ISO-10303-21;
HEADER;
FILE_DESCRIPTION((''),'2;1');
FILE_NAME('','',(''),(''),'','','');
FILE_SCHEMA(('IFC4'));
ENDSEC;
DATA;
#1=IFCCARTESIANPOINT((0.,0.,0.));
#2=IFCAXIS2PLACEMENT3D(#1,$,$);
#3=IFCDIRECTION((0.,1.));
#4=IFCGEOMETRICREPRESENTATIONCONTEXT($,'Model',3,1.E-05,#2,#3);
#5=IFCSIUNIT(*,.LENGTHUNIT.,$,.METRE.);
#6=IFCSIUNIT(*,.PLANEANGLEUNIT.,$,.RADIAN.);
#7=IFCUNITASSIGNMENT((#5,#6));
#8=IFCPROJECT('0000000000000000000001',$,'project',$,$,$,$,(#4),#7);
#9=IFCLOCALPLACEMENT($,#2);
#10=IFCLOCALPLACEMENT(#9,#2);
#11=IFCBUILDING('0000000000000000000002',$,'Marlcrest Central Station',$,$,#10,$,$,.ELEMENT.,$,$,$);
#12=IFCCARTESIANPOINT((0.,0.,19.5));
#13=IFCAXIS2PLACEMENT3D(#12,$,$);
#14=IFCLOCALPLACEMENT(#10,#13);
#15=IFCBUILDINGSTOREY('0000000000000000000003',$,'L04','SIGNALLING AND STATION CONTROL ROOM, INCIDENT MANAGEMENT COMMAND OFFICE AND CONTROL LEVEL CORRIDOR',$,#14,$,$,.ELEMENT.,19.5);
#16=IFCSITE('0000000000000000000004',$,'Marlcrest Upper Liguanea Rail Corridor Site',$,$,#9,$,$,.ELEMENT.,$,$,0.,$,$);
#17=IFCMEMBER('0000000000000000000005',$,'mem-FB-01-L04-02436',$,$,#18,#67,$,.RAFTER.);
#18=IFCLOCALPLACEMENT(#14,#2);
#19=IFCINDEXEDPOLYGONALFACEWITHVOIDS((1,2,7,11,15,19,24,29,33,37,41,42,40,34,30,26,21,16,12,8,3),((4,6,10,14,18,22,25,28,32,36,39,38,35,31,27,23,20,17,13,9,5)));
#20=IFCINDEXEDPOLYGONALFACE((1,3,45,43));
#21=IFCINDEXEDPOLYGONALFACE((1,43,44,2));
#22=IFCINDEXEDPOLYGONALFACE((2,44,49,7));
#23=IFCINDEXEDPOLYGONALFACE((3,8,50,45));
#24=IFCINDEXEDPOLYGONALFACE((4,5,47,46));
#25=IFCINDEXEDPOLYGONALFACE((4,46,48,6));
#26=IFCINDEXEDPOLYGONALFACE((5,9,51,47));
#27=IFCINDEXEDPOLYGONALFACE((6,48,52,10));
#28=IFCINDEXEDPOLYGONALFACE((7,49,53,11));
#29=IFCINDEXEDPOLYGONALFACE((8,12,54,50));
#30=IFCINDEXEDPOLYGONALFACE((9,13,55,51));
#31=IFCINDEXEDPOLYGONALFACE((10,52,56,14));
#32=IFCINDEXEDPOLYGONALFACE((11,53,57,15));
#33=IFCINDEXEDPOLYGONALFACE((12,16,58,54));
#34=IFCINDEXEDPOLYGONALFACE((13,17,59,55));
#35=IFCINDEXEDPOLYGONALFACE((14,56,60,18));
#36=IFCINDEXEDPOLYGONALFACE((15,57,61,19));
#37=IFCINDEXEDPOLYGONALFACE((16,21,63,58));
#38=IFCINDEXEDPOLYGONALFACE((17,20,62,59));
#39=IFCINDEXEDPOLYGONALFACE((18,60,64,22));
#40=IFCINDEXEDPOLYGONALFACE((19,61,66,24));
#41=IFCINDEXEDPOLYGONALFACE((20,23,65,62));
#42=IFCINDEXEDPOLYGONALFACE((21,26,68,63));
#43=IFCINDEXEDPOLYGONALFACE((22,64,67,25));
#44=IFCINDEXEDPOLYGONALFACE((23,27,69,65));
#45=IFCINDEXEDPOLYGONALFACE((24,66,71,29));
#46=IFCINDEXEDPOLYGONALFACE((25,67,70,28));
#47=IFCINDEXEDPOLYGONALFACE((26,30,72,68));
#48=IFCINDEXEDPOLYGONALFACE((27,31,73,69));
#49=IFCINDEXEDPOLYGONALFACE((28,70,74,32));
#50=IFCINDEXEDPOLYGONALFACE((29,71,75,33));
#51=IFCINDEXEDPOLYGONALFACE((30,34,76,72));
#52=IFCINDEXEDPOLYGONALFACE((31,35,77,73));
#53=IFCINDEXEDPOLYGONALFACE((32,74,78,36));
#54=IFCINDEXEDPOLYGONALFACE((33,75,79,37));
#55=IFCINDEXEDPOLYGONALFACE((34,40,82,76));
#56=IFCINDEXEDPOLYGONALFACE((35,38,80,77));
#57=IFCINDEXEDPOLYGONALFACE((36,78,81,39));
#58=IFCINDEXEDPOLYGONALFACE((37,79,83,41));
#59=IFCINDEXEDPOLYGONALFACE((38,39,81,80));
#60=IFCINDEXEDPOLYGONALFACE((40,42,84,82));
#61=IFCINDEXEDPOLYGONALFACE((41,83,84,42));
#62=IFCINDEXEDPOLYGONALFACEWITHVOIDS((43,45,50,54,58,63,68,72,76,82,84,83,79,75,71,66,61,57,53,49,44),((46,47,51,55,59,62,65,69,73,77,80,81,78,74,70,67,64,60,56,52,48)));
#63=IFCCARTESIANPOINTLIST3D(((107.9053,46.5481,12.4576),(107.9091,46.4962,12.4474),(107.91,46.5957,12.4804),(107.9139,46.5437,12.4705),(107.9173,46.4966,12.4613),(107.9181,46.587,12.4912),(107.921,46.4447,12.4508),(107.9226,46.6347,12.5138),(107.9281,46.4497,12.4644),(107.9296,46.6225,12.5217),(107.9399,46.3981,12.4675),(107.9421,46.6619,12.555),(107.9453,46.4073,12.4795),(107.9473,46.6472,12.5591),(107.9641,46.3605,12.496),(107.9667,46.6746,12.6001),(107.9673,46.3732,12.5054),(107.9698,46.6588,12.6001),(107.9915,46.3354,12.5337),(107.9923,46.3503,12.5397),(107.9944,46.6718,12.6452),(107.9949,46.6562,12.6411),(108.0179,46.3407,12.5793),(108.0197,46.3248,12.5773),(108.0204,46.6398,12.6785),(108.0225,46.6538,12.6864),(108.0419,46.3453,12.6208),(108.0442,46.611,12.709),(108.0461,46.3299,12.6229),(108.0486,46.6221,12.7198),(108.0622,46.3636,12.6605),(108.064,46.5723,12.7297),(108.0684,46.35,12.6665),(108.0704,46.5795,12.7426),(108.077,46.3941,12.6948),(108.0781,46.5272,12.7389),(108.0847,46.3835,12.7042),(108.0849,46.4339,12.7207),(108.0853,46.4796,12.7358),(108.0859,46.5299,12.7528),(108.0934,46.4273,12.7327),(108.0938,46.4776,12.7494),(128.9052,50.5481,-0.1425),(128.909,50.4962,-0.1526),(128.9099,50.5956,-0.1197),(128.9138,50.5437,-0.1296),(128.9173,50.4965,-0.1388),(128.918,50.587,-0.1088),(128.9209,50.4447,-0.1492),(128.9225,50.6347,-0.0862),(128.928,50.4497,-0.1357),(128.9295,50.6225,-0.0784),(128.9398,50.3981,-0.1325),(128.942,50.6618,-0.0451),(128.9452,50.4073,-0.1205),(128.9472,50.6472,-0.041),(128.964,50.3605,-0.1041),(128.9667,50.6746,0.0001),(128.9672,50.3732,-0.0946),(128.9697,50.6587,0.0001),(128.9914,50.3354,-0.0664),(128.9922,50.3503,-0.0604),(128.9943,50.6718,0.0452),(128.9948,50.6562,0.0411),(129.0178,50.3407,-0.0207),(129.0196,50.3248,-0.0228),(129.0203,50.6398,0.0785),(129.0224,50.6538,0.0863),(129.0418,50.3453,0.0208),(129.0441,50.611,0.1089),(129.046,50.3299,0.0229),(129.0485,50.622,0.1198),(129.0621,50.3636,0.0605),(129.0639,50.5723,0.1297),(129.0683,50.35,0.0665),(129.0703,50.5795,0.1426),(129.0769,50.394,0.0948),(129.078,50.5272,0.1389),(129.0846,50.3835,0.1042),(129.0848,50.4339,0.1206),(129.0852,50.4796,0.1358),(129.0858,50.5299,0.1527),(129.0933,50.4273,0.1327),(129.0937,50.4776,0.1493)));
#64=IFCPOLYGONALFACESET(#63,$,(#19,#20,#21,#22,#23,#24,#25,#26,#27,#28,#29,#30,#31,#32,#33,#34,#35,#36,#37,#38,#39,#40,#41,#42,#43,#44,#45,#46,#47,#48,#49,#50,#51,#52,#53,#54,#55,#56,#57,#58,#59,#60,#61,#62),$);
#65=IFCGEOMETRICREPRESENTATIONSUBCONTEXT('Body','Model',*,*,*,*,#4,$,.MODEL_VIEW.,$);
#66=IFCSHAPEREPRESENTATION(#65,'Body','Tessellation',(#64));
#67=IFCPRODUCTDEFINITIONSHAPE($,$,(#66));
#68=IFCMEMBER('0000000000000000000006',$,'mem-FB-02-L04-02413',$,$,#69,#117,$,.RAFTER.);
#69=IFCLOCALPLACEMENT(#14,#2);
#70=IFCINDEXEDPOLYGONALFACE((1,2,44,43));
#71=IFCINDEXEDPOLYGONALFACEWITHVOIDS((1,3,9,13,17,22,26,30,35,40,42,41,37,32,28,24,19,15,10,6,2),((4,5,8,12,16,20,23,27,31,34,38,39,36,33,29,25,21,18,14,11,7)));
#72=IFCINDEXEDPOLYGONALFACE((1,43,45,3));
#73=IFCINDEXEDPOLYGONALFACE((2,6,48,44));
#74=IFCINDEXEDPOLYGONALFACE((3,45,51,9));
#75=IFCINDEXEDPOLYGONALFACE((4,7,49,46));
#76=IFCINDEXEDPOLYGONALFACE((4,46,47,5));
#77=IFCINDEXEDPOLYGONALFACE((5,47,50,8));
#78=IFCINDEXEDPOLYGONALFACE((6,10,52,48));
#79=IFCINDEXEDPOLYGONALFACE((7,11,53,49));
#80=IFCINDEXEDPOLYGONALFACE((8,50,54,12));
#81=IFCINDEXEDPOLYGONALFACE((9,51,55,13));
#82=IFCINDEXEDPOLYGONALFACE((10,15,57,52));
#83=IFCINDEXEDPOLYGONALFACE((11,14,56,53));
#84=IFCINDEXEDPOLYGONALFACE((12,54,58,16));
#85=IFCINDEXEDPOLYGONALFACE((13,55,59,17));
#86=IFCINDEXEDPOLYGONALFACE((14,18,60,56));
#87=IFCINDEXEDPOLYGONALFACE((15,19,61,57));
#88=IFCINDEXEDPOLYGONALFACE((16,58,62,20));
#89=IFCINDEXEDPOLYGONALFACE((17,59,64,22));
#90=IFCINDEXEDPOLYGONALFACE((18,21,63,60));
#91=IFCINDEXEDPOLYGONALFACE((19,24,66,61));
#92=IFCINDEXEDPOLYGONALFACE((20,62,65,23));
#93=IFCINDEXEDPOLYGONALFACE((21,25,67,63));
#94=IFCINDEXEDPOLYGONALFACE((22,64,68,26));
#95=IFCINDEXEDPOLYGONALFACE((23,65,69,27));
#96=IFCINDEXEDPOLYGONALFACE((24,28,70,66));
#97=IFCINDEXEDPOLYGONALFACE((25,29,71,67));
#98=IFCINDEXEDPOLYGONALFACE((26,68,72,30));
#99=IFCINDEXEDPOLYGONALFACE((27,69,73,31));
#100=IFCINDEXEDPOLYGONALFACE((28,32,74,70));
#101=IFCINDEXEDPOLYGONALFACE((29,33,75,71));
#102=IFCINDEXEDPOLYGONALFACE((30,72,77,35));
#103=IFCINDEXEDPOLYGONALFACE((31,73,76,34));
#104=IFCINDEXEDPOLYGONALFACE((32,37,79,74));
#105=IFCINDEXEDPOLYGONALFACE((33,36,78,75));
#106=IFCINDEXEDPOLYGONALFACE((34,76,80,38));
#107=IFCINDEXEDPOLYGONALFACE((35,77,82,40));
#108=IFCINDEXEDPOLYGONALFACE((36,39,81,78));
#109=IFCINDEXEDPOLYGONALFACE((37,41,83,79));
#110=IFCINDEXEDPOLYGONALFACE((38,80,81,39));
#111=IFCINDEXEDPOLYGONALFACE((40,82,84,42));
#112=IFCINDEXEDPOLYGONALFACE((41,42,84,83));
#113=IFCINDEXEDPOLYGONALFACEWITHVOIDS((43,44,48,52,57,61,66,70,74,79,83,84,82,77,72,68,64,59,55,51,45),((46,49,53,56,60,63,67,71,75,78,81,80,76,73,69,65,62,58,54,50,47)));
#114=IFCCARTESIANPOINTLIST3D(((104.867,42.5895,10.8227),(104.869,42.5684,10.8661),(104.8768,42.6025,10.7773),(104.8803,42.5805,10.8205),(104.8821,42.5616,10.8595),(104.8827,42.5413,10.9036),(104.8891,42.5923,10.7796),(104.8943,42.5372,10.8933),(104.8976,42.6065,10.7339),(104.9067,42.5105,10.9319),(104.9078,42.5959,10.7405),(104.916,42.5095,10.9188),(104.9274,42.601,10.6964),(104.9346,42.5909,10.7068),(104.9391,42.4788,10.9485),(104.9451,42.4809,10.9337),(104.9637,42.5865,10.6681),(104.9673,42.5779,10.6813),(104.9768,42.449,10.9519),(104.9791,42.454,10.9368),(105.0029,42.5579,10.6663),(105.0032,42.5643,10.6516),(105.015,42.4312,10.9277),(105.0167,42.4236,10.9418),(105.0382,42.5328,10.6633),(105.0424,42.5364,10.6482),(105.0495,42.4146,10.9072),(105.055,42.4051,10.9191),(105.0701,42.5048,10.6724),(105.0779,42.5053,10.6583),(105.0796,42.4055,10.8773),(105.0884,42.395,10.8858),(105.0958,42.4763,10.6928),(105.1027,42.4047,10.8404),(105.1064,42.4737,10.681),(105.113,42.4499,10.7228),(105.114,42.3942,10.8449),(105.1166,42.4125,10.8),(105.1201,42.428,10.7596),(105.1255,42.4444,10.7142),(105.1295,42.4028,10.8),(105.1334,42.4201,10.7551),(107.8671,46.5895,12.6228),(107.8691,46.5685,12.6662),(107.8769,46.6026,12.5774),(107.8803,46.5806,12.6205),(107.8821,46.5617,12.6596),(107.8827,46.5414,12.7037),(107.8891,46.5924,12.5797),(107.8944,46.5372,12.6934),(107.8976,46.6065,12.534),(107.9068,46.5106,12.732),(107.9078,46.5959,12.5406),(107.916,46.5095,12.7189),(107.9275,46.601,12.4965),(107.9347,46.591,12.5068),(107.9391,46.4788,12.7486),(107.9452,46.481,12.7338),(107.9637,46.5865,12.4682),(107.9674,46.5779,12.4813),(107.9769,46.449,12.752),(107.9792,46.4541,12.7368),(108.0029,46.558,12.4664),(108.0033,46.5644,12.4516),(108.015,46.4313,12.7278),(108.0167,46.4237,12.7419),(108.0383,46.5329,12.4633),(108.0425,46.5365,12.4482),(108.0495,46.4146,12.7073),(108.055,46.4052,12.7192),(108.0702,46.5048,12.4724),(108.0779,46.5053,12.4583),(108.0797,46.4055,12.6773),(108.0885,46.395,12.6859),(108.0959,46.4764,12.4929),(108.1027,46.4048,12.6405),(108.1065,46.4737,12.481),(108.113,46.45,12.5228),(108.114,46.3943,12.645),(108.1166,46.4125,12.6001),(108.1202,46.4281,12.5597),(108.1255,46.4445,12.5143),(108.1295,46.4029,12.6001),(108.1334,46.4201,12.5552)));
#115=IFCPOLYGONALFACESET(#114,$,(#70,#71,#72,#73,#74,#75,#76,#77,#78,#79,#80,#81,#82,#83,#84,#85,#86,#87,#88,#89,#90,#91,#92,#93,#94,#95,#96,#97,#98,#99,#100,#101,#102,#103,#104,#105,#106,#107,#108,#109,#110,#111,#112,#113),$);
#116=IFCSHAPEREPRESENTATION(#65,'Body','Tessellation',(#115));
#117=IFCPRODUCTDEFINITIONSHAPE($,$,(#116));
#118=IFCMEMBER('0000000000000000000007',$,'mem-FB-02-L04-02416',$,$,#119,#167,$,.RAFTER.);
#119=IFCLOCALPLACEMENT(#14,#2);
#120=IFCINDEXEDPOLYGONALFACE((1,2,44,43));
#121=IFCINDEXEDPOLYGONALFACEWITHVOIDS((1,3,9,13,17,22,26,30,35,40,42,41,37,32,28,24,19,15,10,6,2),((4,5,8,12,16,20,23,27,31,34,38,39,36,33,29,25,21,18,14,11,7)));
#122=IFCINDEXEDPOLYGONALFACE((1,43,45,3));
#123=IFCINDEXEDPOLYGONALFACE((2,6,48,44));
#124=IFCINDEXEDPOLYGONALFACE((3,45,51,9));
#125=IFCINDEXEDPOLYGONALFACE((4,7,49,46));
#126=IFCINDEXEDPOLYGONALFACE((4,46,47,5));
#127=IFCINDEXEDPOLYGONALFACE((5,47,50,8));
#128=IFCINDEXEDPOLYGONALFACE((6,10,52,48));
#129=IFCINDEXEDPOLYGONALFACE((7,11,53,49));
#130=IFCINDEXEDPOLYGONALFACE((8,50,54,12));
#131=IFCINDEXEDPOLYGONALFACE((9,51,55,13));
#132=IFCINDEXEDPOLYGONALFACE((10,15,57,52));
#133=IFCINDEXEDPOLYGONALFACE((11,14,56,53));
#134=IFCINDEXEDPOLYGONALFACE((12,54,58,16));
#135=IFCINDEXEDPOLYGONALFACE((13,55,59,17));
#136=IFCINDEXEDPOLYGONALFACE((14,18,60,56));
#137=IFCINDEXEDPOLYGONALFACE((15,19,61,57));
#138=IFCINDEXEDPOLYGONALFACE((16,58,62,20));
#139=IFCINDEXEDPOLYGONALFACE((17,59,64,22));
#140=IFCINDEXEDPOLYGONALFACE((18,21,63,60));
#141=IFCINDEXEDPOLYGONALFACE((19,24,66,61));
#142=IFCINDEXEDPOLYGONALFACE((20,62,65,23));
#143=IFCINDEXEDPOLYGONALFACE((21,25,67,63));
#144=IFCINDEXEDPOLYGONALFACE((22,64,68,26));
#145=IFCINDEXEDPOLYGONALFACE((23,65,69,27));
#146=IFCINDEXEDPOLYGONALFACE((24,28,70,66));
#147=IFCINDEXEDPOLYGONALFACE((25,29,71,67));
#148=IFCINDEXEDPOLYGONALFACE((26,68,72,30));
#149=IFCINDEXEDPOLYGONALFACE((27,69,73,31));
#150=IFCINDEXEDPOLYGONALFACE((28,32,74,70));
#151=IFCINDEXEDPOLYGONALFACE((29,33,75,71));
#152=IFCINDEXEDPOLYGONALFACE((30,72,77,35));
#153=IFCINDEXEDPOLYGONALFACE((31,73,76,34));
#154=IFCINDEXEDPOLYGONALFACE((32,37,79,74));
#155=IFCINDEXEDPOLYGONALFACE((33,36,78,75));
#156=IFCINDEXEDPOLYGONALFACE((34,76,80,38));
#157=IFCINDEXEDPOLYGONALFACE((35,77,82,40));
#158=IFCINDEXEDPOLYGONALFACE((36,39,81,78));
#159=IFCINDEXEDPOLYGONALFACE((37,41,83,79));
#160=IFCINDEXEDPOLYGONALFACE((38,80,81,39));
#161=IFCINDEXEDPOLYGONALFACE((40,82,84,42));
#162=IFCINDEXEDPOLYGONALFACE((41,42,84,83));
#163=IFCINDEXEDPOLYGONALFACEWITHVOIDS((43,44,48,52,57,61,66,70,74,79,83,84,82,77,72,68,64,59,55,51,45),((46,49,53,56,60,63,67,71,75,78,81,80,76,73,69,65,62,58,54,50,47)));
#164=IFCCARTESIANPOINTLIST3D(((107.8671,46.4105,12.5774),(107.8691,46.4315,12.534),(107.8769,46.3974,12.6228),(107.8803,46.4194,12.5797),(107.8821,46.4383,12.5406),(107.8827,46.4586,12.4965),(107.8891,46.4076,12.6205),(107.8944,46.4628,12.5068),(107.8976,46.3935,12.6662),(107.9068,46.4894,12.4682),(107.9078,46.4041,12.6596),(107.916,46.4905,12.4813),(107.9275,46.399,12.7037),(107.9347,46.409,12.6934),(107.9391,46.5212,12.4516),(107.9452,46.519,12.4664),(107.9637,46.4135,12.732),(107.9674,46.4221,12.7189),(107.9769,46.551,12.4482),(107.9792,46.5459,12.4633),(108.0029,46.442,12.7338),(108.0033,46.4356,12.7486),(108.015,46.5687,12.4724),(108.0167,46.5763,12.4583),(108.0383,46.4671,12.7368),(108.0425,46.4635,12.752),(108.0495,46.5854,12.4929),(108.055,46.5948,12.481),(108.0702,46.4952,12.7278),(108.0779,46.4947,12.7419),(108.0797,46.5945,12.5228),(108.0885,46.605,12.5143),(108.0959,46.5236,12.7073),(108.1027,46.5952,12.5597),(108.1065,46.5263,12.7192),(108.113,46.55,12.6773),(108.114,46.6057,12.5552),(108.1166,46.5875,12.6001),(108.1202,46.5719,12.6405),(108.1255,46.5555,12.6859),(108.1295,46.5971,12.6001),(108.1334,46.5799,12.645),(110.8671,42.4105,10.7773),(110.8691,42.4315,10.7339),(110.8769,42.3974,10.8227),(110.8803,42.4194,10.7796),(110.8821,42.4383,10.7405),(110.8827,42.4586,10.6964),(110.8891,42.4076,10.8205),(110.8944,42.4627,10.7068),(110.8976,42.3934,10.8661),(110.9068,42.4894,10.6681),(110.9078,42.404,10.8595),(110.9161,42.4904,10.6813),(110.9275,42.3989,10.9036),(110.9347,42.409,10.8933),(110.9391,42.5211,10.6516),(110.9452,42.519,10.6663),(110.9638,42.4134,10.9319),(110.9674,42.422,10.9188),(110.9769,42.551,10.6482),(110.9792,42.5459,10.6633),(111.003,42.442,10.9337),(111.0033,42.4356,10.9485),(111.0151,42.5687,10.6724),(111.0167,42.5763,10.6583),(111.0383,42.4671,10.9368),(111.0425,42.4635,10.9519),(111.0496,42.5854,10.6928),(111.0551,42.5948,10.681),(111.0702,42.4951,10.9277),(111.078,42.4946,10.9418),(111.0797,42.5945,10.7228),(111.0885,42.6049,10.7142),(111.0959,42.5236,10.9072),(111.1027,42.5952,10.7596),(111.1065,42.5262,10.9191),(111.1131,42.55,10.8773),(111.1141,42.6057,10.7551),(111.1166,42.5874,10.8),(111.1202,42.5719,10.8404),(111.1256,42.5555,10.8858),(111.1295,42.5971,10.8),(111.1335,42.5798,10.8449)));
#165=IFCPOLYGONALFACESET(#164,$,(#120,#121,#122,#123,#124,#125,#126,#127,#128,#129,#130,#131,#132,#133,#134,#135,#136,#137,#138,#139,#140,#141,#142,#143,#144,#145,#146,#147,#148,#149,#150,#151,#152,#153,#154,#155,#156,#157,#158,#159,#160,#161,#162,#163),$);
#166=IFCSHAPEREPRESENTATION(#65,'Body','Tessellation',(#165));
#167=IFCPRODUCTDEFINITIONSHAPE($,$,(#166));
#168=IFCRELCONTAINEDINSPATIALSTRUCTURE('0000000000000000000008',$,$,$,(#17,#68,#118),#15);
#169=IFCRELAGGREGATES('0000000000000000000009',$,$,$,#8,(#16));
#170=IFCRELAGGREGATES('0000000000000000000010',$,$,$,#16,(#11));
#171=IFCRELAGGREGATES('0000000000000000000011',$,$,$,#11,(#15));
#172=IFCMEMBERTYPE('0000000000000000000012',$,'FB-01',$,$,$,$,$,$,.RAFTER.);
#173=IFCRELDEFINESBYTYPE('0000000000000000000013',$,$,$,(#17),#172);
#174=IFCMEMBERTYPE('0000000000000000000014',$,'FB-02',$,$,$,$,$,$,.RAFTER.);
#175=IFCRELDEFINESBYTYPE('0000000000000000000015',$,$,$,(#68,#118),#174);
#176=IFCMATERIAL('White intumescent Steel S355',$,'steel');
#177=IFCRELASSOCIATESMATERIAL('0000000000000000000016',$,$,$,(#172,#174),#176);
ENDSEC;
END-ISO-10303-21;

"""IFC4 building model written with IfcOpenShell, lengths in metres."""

from ifc_helpers import new_model, si_unit, direction, frame, origin, origin_2d, place, context, subcontext, project, spatial, hollow_circle, extrude, material, material_profile, profile_set, type_object, element, save


model = new_model("IFC4")

# Units and contexts
model_context = context("Model", 3, precision=1e-05, world=origin(), true_north=direction((0.0, 1.0)))
body_context = subcontext(model_context, "Body", "Model", "MODEL_VIEW")
ifc_project = project(units=[si_unit("LENGTHUNIT", "METRE"), si_unit("PLANEANGLEUNIT", "RADIAN")], contexts=[model_context])

# Site, building, storey
site_placement = place(None, origin())
site = spatial("IfcSite", under=ifc_project, at=site_placement, Name="Marlcrest Upper Liguanea Rail Corridor Site", CompositionType="ELEMENT", RefElevation=0.0)
building_placement = place(site_placement, origin())
building = spatial("IfcBuilding", under=site, at=building_placement, Name="Marlcrest Central Station", CompositionType="ELEMENT")
storey_placement = place(building_placement, frame((0.0, 0.0, 19.5)))
storey = spatial("IfcBuildingStorey", under=building, at=storey_placement, Name="L04", Description="SIGNALLING AND STATION CONTROL ROOM, INCIDENT MANAGEMENT COMMAND OFFICE AND CONTROL LEVEL CORRIDOR", CompositionType="ELEMENT", Elevation=19.5)

# Members
ifc_material_1 = material(Name="White intumescent Steel S355", Category="steel")
ifc_material_profile_1 = material_profile(ifc_material_1, hollow_circle(Radius=0.1777, WallThickness=0.0161, at=origin_2d()), Name="CHS 355.6x16")
ifc_profile_set_1 = profile_set([ifc_material_profile_1], Name="White intumescent Steel S355")
member_type_1 = type_object("IfcMemberType", Name="FB-01", PredefinedType="RAFTER", material=ifc_profile_set_1)
for number, where, z_axis, x_axis, name in (
    (1, (108.0, 46.5, 12.6001), (0.846277, 0.161196, -0.50777), (-0.187112, 0.982339, 0.0), "mem-FB-01-L04-02436"),
):
    element("IfcMember", number, at=place(storey_placement, frame(where, z_axis=z_axis, x_axis=x_axis)), inside=storey, type_object=member_type_1, Name=name, PredefinedType="RAFTER", context=body_context, shape_type="SweptSolid", body=[
        extrude(hollow_circle(Radius=0.1777, WallThickness=0.0161, at=origin_2d()), origin(), (0.0, 0.0, 1.0), 24.8145),
    ])
ifc_material_profile_2 = material_profile(ifc_material_1, hollow_circle(Radius=0.1619, WallThickness=0.0161, at=origin_2d()), Name="CHS 323.9x16")
ifc_profile_set_2 = profile_set([ifc_material_profile_2], Name="White intumescent Steel S355")
member_type_2 = type_object("IfcMemberType", Name="FB-02", PredefinedType="RAFTER", material=ifc_profile_set_2)
for number, where, z_axis, x_axis, name in (
    (2, (108.0, 46.5, 12.6001), (-0.564531, -0.752708, -0.338728), (0.8, -0.6, 0.0), "mem-FB-02-L04-02413"),
    (3, (108.0, 46.5, 12.6001), (0.564531, -0.752708, -0.338728), (0.8, 0.6, 0.0), "mem-FB-02-L04-02416"),
):
    element("IfcMember", number, at=place(storey_placement, frame(where, z_axis=z_axis, x_axis=x_axis)), inside=storey, type_object=member_type_2, Name=name, PredefinedType="RAFTER", context=body_context, shape_type="SweptSolid", body=[
        extrude(hollow_circle(Radius=0.1619, WallThickness=0.0161, at=origin_2d()), origin(), (0.0, 0.0, 1.0), 5.3142),
    ])

save(model, "model.ifc")
